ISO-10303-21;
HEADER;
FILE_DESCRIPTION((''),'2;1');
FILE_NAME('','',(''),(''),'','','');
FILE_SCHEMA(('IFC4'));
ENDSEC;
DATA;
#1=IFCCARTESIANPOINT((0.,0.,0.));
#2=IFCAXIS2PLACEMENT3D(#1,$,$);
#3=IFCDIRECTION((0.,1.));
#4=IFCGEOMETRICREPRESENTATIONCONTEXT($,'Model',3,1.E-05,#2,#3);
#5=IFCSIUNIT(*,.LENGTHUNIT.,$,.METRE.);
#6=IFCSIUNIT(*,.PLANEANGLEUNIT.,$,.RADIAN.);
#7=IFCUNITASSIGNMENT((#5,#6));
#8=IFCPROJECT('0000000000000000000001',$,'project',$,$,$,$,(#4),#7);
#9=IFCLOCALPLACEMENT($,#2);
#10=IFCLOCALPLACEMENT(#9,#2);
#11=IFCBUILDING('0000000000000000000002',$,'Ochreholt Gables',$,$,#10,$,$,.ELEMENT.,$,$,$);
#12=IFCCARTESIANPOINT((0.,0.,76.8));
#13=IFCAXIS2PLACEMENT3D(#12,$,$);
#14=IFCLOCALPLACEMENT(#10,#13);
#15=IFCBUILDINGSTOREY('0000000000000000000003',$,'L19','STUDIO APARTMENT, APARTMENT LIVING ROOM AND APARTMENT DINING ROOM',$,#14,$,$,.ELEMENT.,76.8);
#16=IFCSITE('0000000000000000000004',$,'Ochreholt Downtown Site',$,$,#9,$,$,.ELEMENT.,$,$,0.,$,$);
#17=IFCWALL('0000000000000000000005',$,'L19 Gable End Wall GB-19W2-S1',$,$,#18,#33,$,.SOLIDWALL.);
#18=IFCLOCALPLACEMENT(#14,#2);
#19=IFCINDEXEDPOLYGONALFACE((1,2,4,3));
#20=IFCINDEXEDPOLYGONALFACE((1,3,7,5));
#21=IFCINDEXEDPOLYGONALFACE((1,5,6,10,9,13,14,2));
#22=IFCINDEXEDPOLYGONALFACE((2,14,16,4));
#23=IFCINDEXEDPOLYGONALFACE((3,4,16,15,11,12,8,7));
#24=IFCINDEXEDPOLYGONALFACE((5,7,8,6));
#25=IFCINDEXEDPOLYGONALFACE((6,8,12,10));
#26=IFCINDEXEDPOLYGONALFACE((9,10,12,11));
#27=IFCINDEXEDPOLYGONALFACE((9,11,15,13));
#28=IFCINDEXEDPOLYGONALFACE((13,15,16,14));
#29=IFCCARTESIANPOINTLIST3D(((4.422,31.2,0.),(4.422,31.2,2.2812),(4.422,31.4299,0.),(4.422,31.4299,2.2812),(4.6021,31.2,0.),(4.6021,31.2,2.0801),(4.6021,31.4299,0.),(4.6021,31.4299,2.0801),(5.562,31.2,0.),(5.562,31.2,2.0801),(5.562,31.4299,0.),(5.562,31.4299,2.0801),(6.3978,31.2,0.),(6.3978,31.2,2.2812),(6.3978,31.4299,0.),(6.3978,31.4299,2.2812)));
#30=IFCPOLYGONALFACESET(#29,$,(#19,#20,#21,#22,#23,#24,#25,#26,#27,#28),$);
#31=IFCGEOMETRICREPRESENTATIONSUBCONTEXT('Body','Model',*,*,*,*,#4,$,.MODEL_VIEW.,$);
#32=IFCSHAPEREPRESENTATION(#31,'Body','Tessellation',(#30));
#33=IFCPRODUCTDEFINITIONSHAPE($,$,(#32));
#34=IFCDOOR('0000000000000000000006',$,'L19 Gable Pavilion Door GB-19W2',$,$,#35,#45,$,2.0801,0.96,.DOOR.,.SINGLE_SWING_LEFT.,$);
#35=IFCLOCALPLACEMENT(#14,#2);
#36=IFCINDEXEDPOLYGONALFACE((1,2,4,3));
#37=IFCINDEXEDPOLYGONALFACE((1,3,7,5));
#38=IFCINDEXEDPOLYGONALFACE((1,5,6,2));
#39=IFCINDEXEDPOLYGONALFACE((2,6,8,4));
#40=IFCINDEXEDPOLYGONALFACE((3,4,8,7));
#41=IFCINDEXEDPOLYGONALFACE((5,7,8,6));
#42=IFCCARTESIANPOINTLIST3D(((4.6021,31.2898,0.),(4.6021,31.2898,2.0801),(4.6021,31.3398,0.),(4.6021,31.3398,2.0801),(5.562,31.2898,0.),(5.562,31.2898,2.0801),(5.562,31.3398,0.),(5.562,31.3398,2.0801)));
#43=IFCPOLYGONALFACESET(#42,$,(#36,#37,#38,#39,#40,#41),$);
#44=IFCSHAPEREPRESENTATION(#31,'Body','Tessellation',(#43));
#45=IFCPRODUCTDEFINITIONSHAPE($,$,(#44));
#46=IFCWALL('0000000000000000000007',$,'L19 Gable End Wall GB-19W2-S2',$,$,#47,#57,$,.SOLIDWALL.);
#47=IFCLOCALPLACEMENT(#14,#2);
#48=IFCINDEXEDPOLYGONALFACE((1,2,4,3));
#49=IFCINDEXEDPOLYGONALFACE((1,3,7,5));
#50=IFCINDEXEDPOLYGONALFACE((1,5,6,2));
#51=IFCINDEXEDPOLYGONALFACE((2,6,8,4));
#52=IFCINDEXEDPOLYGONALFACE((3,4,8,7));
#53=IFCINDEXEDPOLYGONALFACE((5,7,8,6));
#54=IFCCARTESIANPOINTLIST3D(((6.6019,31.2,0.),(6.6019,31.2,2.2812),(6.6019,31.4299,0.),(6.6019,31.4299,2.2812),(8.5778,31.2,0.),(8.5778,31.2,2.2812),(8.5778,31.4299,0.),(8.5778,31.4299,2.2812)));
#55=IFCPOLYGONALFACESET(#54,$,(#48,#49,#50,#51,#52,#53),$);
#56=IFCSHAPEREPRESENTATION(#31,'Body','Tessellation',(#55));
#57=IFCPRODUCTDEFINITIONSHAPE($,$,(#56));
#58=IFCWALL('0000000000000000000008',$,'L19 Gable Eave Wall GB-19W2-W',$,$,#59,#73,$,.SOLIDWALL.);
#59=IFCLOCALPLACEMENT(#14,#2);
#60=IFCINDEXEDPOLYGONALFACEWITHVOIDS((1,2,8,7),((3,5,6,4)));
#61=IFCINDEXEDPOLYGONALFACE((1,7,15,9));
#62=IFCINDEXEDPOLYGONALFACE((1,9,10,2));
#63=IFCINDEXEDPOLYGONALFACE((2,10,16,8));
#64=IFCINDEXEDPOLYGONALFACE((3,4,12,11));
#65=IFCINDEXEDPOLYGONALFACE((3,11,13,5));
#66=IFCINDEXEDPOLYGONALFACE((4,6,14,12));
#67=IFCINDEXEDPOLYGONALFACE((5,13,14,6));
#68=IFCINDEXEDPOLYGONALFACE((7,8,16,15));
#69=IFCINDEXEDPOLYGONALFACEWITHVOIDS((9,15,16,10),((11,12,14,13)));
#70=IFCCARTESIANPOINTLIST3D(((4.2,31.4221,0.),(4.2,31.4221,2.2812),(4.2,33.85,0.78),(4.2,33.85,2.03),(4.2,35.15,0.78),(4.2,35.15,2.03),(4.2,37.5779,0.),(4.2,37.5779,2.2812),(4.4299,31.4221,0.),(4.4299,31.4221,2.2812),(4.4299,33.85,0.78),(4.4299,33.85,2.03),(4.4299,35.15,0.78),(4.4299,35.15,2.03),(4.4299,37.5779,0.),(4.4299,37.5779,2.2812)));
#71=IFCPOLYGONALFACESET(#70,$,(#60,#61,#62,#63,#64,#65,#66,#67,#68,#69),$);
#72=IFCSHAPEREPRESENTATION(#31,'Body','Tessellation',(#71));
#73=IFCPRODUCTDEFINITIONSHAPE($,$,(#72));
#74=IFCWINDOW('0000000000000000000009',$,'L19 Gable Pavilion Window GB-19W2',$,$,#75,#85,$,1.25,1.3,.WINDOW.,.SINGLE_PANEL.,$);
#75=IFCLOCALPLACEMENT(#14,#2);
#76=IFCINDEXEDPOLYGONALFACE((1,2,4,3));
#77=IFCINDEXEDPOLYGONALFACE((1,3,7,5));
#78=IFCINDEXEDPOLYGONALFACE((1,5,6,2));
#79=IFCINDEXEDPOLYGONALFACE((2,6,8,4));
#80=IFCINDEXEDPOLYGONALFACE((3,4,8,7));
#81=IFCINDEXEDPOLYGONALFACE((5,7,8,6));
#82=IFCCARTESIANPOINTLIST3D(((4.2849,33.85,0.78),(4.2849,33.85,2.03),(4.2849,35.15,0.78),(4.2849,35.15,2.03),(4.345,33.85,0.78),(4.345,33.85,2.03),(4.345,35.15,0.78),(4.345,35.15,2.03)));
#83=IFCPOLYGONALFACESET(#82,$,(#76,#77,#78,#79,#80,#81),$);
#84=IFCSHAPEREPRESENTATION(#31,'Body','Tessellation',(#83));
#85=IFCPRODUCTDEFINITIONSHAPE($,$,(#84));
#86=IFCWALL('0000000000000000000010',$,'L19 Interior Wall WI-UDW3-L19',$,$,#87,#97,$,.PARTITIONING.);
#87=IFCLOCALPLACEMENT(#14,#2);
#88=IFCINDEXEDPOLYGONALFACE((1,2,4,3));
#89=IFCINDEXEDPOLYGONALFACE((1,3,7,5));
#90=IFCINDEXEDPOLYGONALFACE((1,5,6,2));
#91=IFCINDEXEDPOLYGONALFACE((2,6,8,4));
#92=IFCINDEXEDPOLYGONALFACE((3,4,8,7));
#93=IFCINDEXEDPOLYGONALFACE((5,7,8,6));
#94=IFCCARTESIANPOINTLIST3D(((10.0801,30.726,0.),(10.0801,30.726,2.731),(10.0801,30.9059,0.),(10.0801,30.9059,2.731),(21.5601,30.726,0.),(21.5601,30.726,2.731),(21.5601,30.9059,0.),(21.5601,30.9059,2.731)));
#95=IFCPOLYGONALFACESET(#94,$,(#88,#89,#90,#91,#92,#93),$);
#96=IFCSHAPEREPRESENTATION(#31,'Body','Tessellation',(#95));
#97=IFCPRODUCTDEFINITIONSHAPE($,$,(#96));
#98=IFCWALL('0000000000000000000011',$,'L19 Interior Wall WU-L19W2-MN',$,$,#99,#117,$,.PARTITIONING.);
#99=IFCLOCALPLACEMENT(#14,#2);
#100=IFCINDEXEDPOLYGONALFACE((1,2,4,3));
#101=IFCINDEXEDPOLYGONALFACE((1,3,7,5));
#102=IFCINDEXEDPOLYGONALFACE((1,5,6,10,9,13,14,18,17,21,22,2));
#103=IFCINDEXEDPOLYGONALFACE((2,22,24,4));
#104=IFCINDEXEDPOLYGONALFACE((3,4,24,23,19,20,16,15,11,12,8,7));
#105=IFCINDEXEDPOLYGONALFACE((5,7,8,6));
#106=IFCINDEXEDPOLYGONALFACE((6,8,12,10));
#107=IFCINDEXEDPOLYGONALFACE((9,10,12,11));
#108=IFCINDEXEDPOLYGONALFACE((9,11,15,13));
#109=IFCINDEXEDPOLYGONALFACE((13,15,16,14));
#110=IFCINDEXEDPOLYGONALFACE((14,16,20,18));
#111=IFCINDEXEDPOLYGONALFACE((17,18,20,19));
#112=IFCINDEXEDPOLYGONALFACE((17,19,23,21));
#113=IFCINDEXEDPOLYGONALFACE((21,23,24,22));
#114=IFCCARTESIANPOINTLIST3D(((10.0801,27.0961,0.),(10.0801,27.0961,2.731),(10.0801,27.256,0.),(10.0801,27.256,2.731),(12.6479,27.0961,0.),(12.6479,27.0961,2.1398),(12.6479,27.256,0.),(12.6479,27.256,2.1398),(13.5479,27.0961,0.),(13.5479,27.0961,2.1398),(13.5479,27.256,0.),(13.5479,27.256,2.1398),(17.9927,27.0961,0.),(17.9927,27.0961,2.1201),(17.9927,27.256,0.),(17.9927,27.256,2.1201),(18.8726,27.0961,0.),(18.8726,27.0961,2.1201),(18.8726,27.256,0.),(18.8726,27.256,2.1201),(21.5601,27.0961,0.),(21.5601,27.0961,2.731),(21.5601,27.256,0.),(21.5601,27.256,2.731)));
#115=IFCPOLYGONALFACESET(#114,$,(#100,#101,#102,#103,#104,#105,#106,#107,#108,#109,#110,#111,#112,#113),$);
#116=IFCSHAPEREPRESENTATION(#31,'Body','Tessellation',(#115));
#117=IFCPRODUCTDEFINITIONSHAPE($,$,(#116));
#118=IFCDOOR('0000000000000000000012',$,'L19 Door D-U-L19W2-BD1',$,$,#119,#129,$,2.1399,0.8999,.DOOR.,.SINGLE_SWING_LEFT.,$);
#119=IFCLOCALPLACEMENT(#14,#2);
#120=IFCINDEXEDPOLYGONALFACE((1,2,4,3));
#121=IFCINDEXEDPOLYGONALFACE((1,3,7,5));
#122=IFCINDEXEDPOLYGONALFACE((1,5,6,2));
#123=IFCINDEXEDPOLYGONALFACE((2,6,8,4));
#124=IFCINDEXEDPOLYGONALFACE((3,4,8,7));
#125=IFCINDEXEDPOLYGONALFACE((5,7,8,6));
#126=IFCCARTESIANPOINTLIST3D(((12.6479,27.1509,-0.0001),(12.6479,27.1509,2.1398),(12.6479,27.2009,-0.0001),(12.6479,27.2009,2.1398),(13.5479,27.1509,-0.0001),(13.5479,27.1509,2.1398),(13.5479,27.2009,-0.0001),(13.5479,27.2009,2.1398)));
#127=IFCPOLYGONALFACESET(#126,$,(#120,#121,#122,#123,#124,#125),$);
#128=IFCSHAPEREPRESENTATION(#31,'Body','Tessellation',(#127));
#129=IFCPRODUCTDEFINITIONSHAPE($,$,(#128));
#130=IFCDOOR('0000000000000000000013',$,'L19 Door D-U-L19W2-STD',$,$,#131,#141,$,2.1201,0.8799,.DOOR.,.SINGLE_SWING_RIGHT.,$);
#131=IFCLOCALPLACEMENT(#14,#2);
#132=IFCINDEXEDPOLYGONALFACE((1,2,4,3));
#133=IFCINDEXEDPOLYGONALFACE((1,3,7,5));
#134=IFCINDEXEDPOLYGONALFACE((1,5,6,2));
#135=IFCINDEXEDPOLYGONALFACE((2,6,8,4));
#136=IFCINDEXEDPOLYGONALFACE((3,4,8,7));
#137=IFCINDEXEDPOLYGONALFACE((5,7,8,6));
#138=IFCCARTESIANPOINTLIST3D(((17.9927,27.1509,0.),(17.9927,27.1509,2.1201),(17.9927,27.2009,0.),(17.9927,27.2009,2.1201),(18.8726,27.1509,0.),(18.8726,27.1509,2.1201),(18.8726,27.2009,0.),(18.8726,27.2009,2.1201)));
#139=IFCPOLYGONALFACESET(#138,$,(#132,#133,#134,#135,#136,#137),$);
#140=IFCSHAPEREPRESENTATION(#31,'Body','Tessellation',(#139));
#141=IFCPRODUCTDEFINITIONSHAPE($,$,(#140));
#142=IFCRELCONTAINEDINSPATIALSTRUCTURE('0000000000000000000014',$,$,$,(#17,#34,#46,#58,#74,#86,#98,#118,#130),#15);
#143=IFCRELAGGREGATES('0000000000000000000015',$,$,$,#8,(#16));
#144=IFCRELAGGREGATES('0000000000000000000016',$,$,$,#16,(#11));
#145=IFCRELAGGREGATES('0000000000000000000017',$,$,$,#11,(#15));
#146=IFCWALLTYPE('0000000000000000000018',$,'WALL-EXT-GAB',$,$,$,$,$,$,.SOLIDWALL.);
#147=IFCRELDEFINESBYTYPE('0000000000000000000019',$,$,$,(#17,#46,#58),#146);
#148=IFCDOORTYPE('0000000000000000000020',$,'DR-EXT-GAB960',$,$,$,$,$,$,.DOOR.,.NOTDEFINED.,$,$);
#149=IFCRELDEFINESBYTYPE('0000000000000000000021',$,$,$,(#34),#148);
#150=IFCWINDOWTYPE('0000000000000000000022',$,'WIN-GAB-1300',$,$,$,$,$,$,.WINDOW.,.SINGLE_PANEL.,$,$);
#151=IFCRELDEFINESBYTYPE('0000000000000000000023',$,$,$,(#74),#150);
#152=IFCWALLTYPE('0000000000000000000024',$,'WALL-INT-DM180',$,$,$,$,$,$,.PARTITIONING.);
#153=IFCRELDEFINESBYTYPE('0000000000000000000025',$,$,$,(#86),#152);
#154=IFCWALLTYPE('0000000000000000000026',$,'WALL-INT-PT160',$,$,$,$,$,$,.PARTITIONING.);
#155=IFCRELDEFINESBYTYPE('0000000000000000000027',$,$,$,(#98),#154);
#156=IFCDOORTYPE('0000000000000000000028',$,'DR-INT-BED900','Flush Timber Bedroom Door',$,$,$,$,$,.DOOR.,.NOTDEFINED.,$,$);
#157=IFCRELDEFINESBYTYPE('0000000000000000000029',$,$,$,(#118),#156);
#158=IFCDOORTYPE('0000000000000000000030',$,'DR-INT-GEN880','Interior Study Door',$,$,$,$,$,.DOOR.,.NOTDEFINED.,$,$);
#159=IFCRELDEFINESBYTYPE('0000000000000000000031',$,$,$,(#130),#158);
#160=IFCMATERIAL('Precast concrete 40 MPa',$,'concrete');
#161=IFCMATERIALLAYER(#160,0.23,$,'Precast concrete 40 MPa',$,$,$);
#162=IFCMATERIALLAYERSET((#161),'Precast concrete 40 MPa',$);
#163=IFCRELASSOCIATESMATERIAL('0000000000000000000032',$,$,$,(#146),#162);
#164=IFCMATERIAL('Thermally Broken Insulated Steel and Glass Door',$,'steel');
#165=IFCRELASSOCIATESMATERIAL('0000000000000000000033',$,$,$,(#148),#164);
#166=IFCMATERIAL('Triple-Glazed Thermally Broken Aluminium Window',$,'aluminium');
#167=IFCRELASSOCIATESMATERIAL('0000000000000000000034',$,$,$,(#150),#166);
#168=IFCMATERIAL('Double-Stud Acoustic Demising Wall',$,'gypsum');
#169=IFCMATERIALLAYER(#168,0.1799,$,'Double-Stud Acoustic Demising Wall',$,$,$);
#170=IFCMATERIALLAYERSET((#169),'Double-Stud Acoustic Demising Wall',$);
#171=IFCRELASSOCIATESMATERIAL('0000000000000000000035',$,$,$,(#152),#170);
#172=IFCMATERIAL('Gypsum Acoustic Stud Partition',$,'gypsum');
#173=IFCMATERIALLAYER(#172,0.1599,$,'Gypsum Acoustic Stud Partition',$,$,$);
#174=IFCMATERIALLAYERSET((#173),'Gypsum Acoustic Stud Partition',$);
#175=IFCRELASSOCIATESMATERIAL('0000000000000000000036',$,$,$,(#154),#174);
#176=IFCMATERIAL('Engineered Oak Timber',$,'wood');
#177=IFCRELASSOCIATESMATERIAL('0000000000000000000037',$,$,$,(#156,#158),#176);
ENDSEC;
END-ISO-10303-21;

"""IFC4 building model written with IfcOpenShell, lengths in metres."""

from ifc_helpers import new_model, si_unit, direction, frame, frame_2d, origin, place, context, subcontext, project, spatial, rectangle, extrude, material, layer, layer_set, type_object, element, fill, save


model = new_model("IFC4")

# Units and contexts
model_context = context("Model", 3, precision=1e-05, world=origin(), true_north=direction((0.0, 1.0)))
body_context = subcontext(model_context, "Body", "Model", "MODEL_VIEW")
ifc_project = project(units=[si_unit("LENGTHUNIT", "METRE"), si_unit("PLANEANGLEUNIT", "RADIAN")], contexts=[model_context])

# Site, building, storey
site_placement = place(None, origin())
site = spatial("IfcSite", under=ifc_project, at=site_placement, Name="Ochreholt Downtown Site", CompositionType="ELEMENT", RefElevation=0.0)
building_placement = place(site_placement, origin())
building = spatial("IfcBuilding", under=site, at=building_placement, Name="Ochreholt Gables", CompositionType="ELEMENT")
storey_placement = place(building_placement, frame((0.0, 0.0, 76.8)))
storey = spatial("IfcBuildingStorey", under=building, at=storey_placement, Name="L19", Description="STUDIO APARTMENT, APARTMENT LIVING ROOM AND APARTMENT DINING ROOM", CompositionType="ELEMENT", Elevation=76.8)

# Shared definitions
ifc_material_1 = material(Name="Precast concrete 40 MPa", Category="concrete")

# Wall, opening, door
ifc_layer_1 = layer(ifc_material_1, 0.23, Name="Precast concrete 40 MPa")
ifc_layer_set_1 = layer_set([ifc_layer_1], Name="Precast concrete 40 MPa")
wall_type_1 = type_object("IfcWallType", Name="WALL-EXT-GAB", PredefinedType="SOLIDWALL", material=ifc_layer_set_1)
wall_1_placement = place(storey_placement, frame((4.4221, 31.3149, 0.0), z_axis=(0.0, 0.0, 1.0), x_axis=(1.0, 0.0, 0.0)))
wall_1 = element("IfcWall", 1, at=wall_1_placement, inside=storey, type_object=wall_type_1, Name="L19 Gable End Wall GB-19W2-S1", PredefinedType="SOLIDWALL", context=body_context, shape_type="SweptSolid", body=[
    extrude(rectangle(XDim=1.9758, YDim=0.23, at=frame_2d((0.9878, 0.0))), origin(), (0.0, 0.0, 1.0), 2.2812),
])
opening_1_placement = place(wall_1_placement, frame((0.1799, 0.0, 0.0)))
opening_1 = element("IfcOpeningElement", 2, at=opening_1_placement, cuts=wall_1, PredefinedType="OPENING", context=body_context, shape_type="SweptSolid", body=[
    extrude(rectangle(XDim=0.96, YDim=2.0801, at=frame_2d((0.48, 1.04))), frame((0.0, 0.125, 0.0), z_axis=(0.0, -1.0, 0.0), x_axis=(1.0, 0.0, 0.0)), (0.0, 0.0, 1.0), 0.25),
])
ifc_material_2 = material(Name="Thermally Broken Insulated Steel and Glass Door", Category="steel")
door_type_1 = type_object("IfcDoorType", Name="DR-EXT-GAB960", OperationType="NOTDEFINED", PredefinedType="DOOR", material=ifc_material_2)
door_1_placement = place(opening_1_placement, origin())
door_1 = element("IfcDoor", 3, at=door_1_placement, inside=storey, type_object=door_type_1, Name="L19 Gable Pavilion Door GB-19W2", OperationType="SINGLE_SWING_LEFT", OverallHeight=2.0801, OverallWidth=0.96, PredefinedType="DOOR", context=body_context, shape_type="SweptSolid", body=[
    extrude(rectangle(XDim=0.96, YDim=2.0801, at=frame_2d((0.48, 1.04))), frame((0.0, 0.0249, 0.0), z_axis=(0.0, -1.0, 0.0), x_axis=(1.0, 0.0, 0.0)), (0.0, 0.0, 1.0), 0.05),
])
fill(opening_1, door_1)

# Wall
wall_2_placement = place(storey_placement, frame((6.6021, 31.3149, 0.0), z_axis=(0.0, 0.0, 1.0), x_axis=(1.0, 0.0, 0.0)))
element("IfcWall", 4, at=wall_2_placement, inside=storey, type_object=wall_type_1, Name="L19 Gable End Wall GB-19W2-S2", PredefinedType="SOLIDWALL", context=body_context, shape_type="SweptSolid", body=[
    extrude(rectangle(XDim=1.9758, YDim=0.23, at=frame_2d((0.9878, 0.0))), origin(), (0.0, 0.0, 1.0), 2.2812),
])

# Wall, opening, window
wall_3_placement = place(storey_placement, frame((4.3149, 31.4221, 0.0), z_axis=(0.0, 0.0, 1.0), x_axis=(0.0, 1.0, 0.0)))
wall_3 = element("IfcWall", 5, at=wall_3_placement, inside=storey, type_object=wall_type_1, Name="L19 Gable Eave Wall GB-19W2-W", PredefinedType="SOLIDWALL", context=body_context, shape_type="SweptSolid", body=[
    extrude(rectangle(XDim=6.1558, YDim=0.23, at=frame_2d((3.0779, 0.0))), origin(), (0.0, 0.0, 1.0), 2.2812),
])
opening_2_placement = place(wall_3_placement, frame((2.428, 0.0, 0.78)))
opening_2 = element("IfcOpeningElement", 6, at=opening_2_placement, cuts=wall_3, PredefinedType="OPENING", context=body_context, shape_type="SweptSolid", body=[
    extrude(rectangle(XDim=1.3, YDim=1.25, at=frame_2d((0.6499, 0.625))), frame((0.0, 0.125, 0.0), z_axis=(0.0, -1.0, 0.0), x_axis=(1.0, 0.0, 0.0)), (0.0, 0.0, 1.0), 0.25),
])
ifc_material_3 = material(Name="Triple-Glazed Thermally Broken Aluminium Window", Category="aluminium")
window_type = type_object("IfcWindowType", Name="WIN-GAB-1300", PartitioningType="SINGLE_PANEL", PredefinedType="WINDOW", material=ifc_material_3)
window_placement = place(opening_2_placement, origin())
window = element("IfcWindow", 7, at=window_placement, inside=storey, type_object=window_type, Name="L19 Gable Pavilion Window GB-19W2", OverallHeight=1.25, OverallWidth=1.3, PartitioningType="SINGLE_PANEL", PredefinedType="WINDOW", context=body_context, shape_type="SweptSolid", body=[
    extrude(rectangle(XDim=1.3, YDim=1.25, at=frame_2d((0.6499, 0.625))), frame((0.0, 0.03, 0.0), z_axis=(0.0, -1.0, 0.0), x_axis=(1.0, 0.0, 0.0)), (0.0, 0.0, 1.0), 0.0601),
])
fill(opening_2, window)

# Wall
ifc_material_4 = material(Name="Double-Stud Acoustic Demising Wall", Category="gypsum")
ifc_layer_2 = layer(ifc_material_4, 0.1799, Name="Double-Stud Acoustic Demising Wall")
ifc_layer_set_2 = layer_set([ifc_layer_2], Name="Double-Stud Acoustic Demising Wall")
wall_type_2 = type_object("IfcWallType", Name="WALL-INT-DM180", PredefinedType="PARTITIONING", material=ifc_layer_set_2)
wall_4_placement = place(storey_placement, frame((10.0801, 30.8159, 0.0), z_axis=(0.0, 0.0, 1.0), x_axis=(1.0, 0.0, 0.0)))
element("IfcWall", 8, at=wall_4_placement, inside=storey, type_object=wall_type_2, Name="L19 Interior Wall WI-UDW3-L19", PredefinedType="PARTITIONING", context=body_context, shape_type="SweptSolid", body=[
    extrude(rectangle(XDim=11.48, YDim=0.1799, at=frame_2d((5.74, 0.0))), origin(), (0.0, 0.0, 1.0), 2.731),
])

# Wall, openings, doors
ifc_material_5 = material(Name="Gypsum Acoustic Stud Partition", Category="gypsum")
ifc_layer_3 = layer(ifc_material_5, 0.1599, Name="Gypsum Acoustic Stud Partition")
ifc_layer_set_3 = layer_set([ifc_layer_3], Name="Gypsum Acoustic Stud Partition")
wall_type_3 = type_object("IfcWallType", Name="WALL-INT-PT160", PredefinedType="PARTITIONING", material=ifc_layer_set_3)
wall_5_placement = place(storey_placement, frame((10.0801, 27.176, 0.0), z_axis=(0.0, 0.0, 1.0), x_axis=(1.0, 0.0, 0.0)))
wall_5 = element("IfcWall", 9, at=wall_5_placement, inside=storey, type_object=wall_type_3, Name="L19 Interior Wall WU-L19W2-MN", PredefinedType="PARTITIONING", context=body_context, shape_type="SweptSolid", body=[
    extrude(rectangle(XDim=11.48, YDim=0.1599, at=frame_2d((5.74, 0.0))), origin(), (0.0, 0.0, 1.0), 2.731),
])
opening_3_placement = place(wall_5_placement, frame((7.9126, 0.0, 0.0)))
opening_3 = element("IfcOpeningElement", 10, at=opening_3_placement, cuts=wall_5, PredefinedType="OPENING", context=body_context, shape_type="SweptSolid", body=[
    extrude(rectangle(XDim=0.8799, YDim=2.1201, at=frame_2d((0.4399, 1.0601))), frame((0.0, 0.0898, 0.0), z_axis=(0.0, -1.0, 0.0), x_axis=(1.0, 0.0, 0.0)), (0.0, 0.0, 1.0), 0.1799),
])
opening_4_placement = place(wall_5_placement, frame((2.5679, 0.0, 0.0)))
opening_4 = element("IfcOpeningElement", 11, at=opening_4_placement, cuts=wall_5, PredefinedType="OPENING", context=body_context, shape_type="SweptSolid", body=[
    extrude(rectangle(XDim=0.8999, YDim=2.1399, at=frame_2d((0.45, 1.0698))), frame((0.0, 0.0898, 0.0), z_axis=(0.0, -1.0, 0.0), x_axis=(1.0, 0.0, 0.0)), (0.0, 0.0, 1.0), 0.1799),
])
ifc_material_6 = material(Name="Engineered Oak Timber", Category="wood")
door_type_2 = type_object("IfcDoorType", Name="DR-INT-BED900", Description="Flush Timber Bedroom Door", OperationType="NOTDEFINED", PredefinedType="DOOR", material=ifc_material_6)
door_2_placement = place(opening_4_placement, origin())
door_2 = element("IfcDoor", 12, at=door_2_placement, inside=storey, type_object=door_type_2, Name="L19 Door D-U-L19W2-BD1", OperationType="SINGLE_SWING_LEFT", OverallHeight=2.1399, OverallWidth=0.8999, PredefinedType="DOOR", context=body_context, shape_type="SweptSolid", body=[
    extrude(rectangle(XDim=0.8999, YDim=2.1399, at=frame_2d((0.45, 1.0698))), frame((0.0, 0.0249, 0.0), z_axis=(0.0, -1.0, 0.0), x_axis=(1.0, 0.0, 0.0)), (0.0, 0.0, 1.0), 0.05),
])
fill(opening_4, door_2)
door_type_3 = type_object("IfcDoorType", Name="DR-INT-GEN880", Description="Interior Study Door", OperationType="NOTDEFINED", PredefinedType="DOOR", material=ifc_material_6)
door_3_placement = place(opening_3_placement, origin())
door_3 = element("IfcDoor", 13, at=door_3_placement, inside=storey, type_object=door_type_3, Name="L19 Door D-U-L19W2-STD", OperationType="SINGLE_SWING_RIGHT", OverallHeight=2.1201, OverallWidth=0.8799, PredefinedType="DOOR", context=body_context, shape_type="SweptSolid", body=[
    extrude(rectangle(XDim=0.8799, YDim=2.1201, at=frame_2d((0.4399, 1.0601))), frame((0.0, 0.0249, 0.0), z_axis=(0.0, -1.0, 0.0), x_axis=(1.0, 0.0, 0.0)), (0.0, 0.0, 1.0), 0.05),
])
fill(opening_3, door_3)

save(model, "model.ifc")
